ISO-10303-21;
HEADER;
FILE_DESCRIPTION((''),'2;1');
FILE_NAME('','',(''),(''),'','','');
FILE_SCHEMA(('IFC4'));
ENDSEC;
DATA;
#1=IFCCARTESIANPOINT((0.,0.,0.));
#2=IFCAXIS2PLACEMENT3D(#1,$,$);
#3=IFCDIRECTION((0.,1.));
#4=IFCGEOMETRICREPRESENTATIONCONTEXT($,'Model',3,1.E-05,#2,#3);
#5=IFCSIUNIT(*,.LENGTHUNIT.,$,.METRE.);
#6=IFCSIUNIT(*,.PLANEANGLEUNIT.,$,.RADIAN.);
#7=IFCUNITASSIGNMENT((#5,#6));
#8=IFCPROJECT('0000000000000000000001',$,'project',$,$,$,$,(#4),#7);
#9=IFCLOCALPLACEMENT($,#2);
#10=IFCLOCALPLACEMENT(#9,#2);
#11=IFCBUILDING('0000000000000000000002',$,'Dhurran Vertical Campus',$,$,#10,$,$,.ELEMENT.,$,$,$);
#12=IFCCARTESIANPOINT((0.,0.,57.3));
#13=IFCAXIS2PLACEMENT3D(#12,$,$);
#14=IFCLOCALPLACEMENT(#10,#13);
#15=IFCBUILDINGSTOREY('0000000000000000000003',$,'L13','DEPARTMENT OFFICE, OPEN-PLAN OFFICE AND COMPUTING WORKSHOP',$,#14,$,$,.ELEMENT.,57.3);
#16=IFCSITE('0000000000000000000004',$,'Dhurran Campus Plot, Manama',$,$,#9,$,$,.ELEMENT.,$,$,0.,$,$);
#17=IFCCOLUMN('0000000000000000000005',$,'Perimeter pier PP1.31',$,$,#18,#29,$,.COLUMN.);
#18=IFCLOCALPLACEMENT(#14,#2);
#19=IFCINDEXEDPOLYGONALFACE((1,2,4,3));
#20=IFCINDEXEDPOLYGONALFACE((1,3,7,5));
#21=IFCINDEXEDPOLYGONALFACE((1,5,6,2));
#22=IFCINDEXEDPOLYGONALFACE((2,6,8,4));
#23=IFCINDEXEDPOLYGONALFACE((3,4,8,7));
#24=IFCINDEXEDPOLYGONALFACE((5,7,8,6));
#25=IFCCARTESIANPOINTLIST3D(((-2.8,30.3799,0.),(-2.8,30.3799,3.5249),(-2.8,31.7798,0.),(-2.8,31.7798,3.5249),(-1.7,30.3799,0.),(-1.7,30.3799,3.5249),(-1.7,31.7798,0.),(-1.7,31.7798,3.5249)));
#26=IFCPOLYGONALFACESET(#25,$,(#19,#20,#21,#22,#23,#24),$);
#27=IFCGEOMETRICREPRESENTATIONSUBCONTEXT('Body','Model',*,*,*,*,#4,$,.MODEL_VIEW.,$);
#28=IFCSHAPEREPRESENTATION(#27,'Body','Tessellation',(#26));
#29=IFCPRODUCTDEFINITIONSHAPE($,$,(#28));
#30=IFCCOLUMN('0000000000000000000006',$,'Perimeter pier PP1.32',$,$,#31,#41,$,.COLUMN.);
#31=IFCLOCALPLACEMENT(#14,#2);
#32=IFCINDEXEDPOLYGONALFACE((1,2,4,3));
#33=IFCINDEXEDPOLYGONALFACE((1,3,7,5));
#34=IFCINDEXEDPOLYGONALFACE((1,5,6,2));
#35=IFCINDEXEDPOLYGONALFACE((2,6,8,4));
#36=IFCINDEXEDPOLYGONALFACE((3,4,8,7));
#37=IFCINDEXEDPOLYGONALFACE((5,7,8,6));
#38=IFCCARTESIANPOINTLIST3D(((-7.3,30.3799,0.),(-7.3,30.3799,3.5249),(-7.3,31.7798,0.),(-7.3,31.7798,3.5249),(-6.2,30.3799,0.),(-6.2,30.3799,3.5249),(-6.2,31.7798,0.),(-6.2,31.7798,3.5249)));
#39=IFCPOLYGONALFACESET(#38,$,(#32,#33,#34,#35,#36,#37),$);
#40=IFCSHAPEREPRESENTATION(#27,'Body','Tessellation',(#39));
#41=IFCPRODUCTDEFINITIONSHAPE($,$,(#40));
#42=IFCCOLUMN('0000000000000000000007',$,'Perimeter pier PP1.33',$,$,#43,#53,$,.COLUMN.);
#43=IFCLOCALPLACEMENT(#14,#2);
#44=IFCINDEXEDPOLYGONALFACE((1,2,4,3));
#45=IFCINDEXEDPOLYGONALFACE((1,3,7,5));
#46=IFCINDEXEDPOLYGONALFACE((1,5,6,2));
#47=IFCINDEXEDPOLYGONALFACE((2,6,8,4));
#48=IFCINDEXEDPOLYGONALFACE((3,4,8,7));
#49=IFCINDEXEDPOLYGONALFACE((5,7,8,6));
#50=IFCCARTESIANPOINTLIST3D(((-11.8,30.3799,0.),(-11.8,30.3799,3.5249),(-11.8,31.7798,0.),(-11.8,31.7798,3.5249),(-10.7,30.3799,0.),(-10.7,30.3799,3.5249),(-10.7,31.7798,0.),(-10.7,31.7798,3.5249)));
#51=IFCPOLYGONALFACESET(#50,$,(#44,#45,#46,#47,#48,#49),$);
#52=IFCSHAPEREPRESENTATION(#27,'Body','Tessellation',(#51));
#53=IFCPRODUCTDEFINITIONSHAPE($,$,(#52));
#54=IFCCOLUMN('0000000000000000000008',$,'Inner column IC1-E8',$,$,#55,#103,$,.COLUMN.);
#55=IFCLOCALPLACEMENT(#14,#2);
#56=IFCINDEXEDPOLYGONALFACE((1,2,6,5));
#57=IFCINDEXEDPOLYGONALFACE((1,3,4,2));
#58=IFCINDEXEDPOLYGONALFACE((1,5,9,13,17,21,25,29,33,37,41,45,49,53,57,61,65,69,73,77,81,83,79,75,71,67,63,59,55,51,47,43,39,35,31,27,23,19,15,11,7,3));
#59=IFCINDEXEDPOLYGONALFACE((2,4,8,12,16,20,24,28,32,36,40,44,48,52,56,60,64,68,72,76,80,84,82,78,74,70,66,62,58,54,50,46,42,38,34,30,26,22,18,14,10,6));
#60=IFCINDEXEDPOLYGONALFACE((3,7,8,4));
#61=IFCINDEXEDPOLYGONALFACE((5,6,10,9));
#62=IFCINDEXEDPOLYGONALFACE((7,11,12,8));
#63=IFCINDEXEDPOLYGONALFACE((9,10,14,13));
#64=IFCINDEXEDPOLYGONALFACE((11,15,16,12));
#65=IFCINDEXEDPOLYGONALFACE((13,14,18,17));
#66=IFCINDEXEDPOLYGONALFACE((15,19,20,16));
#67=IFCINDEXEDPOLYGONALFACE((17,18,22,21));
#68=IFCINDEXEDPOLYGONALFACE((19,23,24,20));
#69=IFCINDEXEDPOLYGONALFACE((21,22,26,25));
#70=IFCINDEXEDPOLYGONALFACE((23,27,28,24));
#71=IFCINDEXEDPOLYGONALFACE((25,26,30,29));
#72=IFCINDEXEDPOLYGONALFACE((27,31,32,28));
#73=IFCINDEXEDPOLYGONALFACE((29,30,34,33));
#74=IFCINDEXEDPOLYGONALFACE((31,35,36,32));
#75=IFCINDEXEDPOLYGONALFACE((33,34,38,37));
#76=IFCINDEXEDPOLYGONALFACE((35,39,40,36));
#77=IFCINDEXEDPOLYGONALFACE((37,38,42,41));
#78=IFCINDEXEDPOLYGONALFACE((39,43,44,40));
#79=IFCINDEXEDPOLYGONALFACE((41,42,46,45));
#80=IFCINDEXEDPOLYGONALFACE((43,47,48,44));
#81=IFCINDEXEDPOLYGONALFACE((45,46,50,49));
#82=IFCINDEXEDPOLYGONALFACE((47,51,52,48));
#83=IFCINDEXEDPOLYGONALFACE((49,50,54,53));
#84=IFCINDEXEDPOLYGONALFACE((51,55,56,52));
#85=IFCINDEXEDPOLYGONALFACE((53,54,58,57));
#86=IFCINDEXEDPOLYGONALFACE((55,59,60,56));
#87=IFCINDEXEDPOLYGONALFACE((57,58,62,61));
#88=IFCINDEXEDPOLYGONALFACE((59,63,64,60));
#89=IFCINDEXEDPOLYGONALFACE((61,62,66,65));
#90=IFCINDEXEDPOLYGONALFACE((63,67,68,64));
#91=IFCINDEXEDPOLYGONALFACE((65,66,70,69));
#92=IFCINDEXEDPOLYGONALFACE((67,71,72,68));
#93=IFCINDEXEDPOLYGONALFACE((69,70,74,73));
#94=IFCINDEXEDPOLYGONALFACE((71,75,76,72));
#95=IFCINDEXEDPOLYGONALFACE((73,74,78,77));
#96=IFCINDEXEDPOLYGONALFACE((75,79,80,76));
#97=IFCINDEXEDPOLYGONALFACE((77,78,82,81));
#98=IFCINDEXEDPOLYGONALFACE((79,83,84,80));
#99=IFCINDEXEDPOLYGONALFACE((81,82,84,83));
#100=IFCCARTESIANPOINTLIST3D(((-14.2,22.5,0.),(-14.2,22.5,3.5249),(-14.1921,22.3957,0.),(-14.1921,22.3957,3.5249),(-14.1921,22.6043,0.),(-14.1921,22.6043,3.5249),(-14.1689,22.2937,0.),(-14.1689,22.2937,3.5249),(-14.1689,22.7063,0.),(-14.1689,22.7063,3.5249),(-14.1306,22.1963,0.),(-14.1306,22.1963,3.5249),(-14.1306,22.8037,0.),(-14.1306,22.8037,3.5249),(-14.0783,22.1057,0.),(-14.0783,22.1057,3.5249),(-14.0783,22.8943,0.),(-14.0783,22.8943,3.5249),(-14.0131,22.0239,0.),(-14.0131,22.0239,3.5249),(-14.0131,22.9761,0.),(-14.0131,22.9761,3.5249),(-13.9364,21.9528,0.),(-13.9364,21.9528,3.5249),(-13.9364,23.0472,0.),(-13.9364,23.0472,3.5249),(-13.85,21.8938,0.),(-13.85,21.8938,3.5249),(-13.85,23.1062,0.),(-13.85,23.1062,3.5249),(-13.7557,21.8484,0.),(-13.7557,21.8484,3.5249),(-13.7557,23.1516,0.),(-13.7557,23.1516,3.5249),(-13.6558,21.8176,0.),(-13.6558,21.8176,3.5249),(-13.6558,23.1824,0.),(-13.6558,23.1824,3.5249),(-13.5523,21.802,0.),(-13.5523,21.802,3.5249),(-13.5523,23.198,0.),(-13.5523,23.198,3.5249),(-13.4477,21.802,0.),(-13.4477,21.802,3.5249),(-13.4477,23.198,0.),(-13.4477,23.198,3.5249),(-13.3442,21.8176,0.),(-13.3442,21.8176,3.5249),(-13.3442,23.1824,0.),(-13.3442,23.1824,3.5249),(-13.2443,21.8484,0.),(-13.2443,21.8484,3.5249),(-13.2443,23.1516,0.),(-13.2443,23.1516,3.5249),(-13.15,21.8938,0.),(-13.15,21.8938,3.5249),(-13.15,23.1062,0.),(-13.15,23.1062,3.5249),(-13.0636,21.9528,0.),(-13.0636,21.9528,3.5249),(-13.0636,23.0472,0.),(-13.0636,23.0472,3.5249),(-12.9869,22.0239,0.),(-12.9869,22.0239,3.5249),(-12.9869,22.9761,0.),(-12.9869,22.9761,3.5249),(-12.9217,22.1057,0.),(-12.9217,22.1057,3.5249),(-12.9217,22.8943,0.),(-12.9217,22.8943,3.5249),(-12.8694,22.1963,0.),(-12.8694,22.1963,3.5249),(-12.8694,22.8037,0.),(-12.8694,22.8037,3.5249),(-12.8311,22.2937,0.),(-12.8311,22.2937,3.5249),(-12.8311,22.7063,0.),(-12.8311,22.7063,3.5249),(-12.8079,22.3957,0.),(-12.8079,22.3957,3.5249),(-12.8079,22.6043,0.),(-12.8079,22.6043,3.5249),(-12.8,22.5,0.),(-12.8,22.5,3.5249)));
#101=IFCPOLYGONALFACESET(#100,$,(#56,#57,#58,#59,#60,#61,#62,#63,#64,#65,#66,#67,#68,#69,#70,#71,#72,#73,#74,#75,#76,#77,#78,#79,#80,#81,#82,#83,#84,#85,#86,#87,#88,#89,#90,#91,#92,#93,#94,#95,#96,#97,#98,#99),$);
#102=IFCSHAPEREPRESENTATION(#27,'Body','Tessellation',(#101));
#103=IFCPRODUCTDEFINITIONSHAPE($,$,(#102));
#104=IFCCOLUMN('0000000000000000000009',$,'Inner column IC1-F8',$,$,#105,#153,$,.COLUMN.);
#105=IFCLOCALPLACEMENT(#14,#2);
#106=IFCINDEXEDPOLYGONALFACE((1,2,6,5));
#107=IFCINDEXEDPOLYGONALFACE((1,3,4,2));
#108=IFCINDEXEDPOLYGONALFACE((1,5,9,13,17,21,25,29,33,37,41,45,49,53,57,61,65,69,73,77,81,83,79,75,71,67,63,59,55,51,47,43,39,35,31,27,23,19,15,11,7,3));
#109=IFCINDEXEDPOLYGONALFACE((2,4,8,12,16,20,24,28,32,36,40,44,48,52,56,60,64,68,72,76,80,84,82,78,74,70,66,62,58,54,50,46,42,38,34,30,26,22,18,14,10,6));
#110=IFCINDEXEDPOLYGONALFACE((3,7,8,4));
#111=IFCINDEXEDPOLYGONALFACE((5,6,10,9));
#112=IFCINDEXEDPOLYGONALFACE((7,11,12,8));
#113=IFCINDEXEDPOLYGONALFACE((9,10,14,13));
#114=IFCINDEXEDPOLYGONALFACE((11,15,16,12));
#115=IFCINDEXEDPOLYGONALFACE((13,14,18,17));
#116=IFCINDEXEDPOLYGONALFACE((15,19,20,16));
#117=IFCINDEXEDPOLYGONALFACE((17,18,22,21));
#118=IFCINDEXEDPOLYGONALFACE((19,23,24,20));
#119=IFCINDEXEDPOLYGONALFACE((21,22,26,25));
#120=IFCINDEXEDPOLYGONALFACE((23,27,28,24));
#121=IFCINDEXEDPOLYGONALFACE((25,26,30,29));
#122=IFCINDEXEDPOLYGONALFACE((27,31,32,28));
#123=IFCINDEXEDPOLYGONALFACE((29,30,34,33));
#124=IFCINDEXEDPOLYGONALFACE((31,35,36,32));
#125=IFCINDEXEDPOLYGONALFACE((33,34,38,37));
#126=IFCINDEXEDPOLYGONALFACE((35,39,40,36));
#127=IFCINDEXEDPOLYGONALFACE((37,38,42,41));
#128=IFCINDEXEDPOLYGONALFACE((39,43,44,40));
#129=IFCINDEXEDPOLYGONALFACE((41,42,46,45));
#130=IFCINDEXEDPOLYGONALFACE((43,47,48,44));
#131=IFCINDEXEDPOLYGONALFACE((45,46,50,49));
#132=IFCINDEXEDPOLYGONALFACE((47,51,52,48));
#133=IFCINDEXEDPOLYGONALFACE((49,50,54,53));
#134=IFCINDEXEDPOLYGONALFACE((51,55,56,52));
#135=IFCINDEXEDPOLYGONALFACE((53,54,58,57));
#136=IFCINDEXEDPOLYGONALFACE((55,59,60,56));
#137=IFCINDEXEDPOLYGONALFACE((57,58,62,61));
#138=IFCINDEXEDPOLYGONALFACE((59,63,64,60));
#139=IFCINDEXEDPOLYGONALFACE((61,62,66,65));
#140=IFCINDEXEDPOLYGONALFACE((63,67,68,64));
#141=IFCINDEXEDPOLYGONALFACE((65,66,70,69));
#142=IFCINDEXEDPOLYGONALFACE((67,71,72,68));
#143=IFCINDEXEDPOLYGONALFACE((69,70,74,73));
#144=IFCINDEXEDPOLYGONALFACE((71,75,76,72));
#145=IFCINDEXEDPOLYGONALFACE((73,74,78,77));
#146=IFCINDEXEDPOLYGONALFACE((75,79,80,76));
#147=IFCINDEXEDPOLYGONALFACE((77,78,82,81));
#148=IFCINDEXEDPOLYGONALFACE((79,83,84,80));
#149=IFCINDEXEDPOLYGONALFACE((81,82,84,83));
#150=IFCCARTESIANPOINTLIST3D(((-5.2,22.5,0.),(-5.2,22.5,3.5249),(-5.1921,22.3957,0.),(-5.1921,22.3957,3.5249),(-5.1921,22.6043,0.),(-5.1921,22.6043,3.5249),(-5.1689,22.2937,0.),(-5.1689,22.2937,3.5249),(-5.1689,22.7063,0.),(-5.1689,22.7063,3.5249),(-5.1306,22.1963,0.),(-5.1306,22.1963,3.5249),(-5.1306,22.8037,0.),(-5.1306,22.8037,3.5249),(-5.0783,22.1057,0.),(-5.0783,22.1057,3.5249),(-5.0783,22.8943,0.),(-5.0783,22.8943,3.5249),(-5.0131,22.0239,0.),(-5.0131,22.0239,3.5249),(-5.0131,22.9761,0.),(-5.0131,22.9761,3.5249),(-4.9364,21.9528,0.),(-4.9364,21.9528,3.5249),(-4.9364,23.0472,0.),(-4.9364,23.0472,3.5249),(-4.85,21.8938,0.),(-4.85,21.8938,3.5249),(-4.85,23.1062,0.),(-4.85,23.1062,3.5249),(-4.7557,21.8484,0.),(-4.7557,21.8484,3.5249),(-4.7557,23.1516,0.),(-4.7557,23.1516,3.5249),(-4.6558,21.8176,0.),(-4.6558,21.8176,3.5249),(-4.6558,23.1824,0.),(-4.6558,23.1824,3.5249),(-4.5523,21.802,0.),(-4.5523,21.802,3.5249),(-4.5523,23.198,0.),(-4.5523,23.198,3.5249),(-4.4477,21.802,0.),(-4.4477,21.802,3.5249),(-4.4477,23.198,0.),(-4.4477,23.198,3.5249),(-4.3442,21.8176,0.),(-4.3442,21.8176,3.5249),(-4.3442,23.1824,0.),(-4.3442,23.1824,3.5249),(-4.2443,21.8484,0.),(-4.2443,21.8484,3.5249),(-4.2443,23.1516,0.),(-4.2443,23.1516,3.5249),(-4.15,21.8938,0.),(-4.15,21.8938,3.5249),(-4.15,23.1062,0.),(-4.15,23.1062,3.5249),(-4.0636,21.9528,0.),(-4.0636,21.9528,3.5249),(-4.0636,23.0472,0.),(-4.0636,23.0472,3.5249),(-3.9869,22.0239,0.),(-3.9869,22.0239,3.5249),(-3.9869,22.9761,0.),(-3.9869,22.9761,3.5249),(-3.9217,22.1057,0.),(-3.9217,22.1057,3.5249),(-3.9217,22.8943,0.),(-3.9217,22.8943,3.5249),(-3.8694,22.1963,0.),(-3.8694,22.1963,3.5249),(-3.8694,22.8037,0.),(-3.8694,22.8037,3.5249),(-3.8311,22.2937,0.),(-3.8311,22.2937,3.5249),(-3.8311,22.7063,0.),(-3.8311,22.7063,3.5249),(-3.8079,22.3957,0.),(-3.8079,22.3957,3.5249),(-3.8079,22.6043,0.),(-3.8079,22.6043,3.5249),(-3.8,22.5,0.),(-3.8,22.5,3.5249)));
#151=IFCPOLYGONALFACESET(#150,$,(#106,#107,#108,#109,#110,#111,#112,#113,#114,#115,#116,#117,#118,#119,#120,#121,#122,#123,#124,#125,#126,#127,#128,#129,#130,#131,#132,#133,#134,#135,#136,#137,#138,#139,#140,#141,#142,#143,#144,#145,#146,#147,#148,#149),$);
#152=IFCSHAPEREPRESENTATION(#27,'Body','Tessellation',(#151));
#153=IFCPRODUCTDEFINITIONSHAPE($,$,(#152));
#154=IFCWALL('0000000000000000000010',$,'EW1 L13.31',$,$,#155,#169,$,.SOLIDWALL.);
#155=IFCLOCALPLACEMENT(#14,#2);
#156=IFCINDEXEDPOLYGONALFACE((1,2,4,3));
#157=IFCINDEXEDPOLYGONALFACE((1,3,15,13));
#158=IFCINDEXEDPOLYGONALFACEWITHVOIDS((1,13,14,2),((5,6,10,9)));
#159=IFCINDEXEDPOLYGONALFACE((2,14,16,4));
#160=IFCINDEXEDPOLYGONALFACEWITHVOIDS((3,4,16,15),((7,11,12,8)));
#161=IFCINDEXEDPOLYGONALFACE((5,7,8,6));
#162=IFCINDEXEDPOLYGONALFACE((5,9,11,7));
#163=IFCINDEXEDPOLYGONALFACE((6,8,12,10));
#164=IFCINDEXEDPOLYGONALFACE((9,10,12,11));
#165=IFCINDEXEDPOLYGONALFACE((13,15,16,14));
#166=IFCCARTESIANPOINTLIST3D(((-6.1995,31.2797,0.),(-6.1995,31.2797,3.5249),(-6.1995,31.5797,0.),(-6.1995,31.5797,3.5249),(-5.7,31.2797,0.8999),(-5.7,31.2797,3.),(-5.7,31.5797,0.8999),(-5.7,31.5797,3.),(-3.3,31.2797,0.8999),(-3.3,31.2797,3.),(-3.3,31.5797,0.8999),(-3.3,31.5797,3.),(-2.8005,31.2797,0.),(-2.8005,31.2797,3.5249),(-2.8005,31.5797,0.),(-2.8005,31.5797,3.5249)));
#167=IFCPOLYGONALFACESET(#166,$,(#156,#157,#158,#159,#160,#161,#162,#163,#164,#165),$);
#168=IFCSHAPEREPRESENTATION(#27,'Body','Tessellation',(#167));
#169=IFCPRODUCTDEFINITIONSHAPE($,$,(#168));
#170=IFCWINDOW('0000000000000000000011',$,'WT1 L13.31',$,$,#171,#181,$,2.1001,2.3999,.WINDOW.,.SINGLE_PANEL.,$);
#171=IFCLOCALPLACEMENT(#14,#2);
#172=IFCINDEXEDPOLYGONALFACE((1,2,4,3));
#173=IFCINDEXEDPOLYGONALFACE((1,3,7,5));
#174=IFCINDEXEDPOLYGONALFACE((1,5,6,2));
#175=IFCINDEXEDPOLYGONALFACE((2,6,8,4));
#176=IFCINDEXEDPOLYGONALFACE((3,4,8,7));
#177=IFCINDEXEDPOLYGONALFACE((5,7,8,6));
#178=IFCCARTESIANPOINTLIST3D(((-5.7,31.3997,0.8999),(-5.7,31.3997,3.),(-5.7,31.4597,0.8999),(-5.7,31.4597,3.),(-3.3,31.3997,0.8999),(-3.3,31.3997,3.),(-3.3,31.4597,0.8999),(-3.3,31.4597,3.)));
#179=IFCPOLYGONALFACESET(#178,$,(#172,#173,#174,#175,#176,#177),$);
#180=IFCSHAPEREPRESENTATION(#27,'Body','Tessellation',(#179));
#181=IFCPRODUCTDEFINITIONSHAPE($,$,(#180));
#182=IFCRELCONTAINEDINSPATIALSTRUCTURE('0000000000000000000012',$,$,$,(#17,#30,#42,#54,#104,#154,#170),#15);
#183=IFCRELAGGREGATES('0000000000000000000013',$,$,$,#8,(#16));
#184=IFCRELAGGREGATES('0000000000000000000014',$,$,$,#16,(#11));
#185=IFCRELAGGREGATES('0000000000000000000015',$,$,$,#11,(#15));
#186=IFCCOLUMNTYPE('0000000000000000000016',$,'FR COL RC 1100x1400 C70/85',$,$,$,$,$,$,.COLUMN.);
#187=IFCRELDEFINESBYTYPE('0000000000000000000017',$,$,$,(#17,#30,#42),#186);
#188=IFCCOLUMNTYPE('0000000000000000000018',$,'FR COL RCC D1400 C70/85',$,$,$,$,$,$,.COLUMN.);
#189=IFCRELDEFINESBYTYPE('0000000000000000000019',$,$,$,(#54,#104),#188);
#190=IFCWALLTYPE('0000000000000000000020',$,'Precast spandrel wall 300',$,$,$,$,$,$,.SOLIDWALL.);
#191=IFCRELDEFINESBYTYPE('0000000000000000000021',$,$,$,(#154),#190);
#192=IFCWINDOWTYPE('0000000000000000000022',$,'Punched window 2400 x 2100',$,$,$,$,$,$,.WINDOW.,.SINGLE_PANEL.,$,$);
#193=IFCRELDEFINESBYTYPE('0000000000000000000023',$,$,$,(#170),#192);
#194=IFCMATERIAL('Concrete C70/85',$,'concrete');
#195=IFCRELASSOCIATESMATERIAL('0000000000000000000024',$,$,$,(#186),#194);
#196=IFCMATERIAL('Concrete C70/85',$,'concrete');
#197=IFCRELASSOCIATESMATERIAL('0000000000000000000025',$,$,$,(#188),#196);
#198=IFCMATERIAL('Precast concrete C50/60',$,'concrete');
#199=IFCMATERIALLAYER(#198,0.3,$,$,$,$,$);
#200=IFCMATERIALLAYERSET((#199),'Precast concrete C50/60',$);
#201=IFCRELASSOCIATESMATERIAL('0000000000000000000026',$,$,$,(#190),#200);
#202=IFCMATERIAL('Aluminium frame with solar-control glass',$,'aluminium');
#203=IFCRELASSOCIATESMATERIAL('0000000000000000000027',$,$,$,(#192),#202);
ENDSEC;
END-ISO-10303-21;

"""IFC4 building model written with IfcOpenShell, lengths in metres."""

from ifc_helpers import new_model, si_unit, direction, frame, frame_2d, origin, origin_2d, place, context, subcontext, project, spatial, rectangle, circle, extrude, material, layer, layer_set, material_profile, profile_set, type_object, element, fill, save


model = new_model("IFC4")

# Units and contexts
model_context = context("Model", 3, precision=1e-05, world=origin(), true_north=direction((0.0, 1.0)))
body_context = subcontext(model_context, "Body", "Model", "MODEL_VIEW")
ifc_project = project(units=[si_unit("LENGTHUNIT", "METRE"), si_unit("PLANEANGLEUNIT", "RADIAN")], contexts=[model_context])

# Site, building, storey
site_placement = place(None, origin())
site = spatial("IfcSite", under=ifc_project, at=site_placement, Name="Dhurran Campus Plot, Manama", CompositionType="ELEMENT", RefElevation=0.0)
building_placement = place(site_placement, origin())
building = spatial("IfcBuilding", under=site, at=building_placement, Name="Dhurran Vertical Campus", CompositionType="ELEMENT")
storey_placement = place(building_placement, frame((0.0, 0.0, 57.3)))
storey = spatial("IfcBuildingStorey", under=building, at=storey_placement, Name="L13", Description="DEPARTMENT OFFICE, OPEN-PLAN OFFICE AND COMPUTING WORKSHOP", CompositionType="ELEMENT", Elevation=57.3)

# Columns
ifc_material_1 = material(Name="Concrete C70/85", Category="concrete")
ifc_material_profile_1 = material_profile(ifc_material_1, rectangle(XDim=1.1001, YDim=1.3999, at=origin_2d()), Name="RC 1100x1400")
ifc_profile_set_1 = profile_set([ifc_material_profile_1], Name="Concrete C70/85")
column_type_1 = type_object("IfcColumnType", Name="FR COL RC 1100x1400 C70/85", PredefinedType="COLUMN", material=ifc_profile_set_1)
for number, where, z_axis, x_axis, name in (
    (1, (-2.25, 31.0798, 0.0), (0.0, 0.0, 1.0), (-1.0, 0.0, 0.0), "Perimeter pier PP1.31"),
    (2, (-6.75, 31.0798, 0.0), (0.0, 0.0, 1.0), (-1.0, 0.0, 0.0), "Perimeter pier PP1.32"),
    (3, (-11.25, 31.0798, 0.0), (0.0, 0.0, 1.0), (-1.0, 0.0, 0.0), "Perimeter pier PP1.33"),
):
    element("IfcColumn", number, at=place(storey_placement, frame(where, z_axis=z_axis, x_axis=x_axis)), inside=storey, type_object=column_type_1, Name=name, PredefinedType="COLUMN", context=body_context, shape_type="SweptSolid", body=[
        extrude(rectangle(XDim=1.1001, YDim=1.3999, at=origin_2d()), origin(), (0.0, 0.0, 1.0), 3.5249),
    ])
ifc_material_2 = material(Name="Concrete C70/85", Category="concrete")
ifc_material_profile_2 = material_profile(ifc_material_2, circle(Radius=0.7, at=origin_2d()), Name="RCC D1400")
ifc_profile_set_2 = profile_set([ifc_material_profile_2], Name="Concrete C70/85")
column_type_2 = type_object("IfcColumnType", Name="FR COL RCC D1400 C70/85", PredefinedType="COLUMN", material=ifc_profile_set_2)
for number, where, z_axis, x_axis, name in (
    (4, (-13.5, 22.5, 0.0), (0.0, 0.0, 1.0), (1.0, 0.0, 0.0), "Inner column IC1-E8"),
    (5, (-4.5, 22.5, 0.0), (0.0, 0.0, 1.0), (1.0, 0.0, 0.0), "Inner column IC1-F8"),
):
    element("IfcColumn", number, at=place(storey_placement, frame(where, z_axis=z_axis, x_axis=x_axis)), inside=storey, type_object=column_type_2, Name=name, PredefinedType="COLUMN", context=body_context, shape_type="SweptSolid", body=[
        extrude(circle(Radius=0.7, at=origin_2d()), origin(), (0.0, 0.0, 1.0), 3.5249),
    ])

# Wall, opening, window
ifc_material_3 = material(Name="Precast concrete C50/60", Category="concrete")
ifc_layer_1 = layer(ifc_material_3, 0.3)
ifc_layer_set_1 = layer_set([ifc_layer_1], Name="Precast concrete C50/60")
wall_type_1 = type_object("IfcWallType", Name="Precast spandrel wall 300", PredefinedType="SOLIDWALL", material=ifc_layer_set_1)
wall_1_placement = place(storey_placement, frame((-2.8005, 31.4297, 0.0), z_axis=(0.0, 0.0, 1.0), x_axis=(-1.0, 0.0, 0.0)))
wall_1 = element("IfcWall", 6, at=wall_1_placement, inside=storey, type_object=wall_type_1, Name="EW1 L13.31", PredefinedType="SOLIDWALL", context=body_context, shape_type="SweptSolid", body=[
    extrude(rectangle(XDim=3.3989, YDim=0.3, at=frame_2d((1.6995, 0.0))), origin(), (0.0, 0.0, 1.0), 3.5249),
])
opening_1_placement = place(wall_1_placement, frame((0.4995, 0.0, 0.8999)))
opening_1 = element("IfcOpeningElement", 7, at=opening_1_placement, cuts=wall_1, PredefinedType="OPENING", context=body_context, shape_type="SweptSolid", body=[
    extrude(rectangle(XDim=2.3999, YDim=2.1001, at=frame_2d((1.2, 1.05))), frame((0.0, 0.1599, 0.0), z_axis=(0.0, -1.0, 0.0), x_axis=(1.0, 0.0, 0.0)), (0.0, 0.0, 1.0), 0.3201),
])
ifc_material_4 = material(Name="Aluminium frame with solar-control glass", Category="aluminium")
window_type = type_object("IfcWindowType", Name="Punched window 2400 x 2100", PartitioningType="SINGLE_PANEL", PredefinedType="WINDOW", material=ifc_material_4)
window_1_placement = place(opening_1_placement, origin())
window_1 = element("IfcWindow", 8, at=window_1_placement, inside=storey, type_object=window_type, Name="WT1 L13.31", OverallHeight=2.1001, OverallWidth=2.3999, PartitioningType="SINGLE_PANEL", PredefinedType="WINDOW", context=body_context, shape_type="SweptSolid", body=[
    extrude(rectangle(XDim=2.3999, YDim=2.1001, at=frame_2d((1.2, 1.05))), frame((0.0, 0.03, 0.0), z_axis=(0.0, -1.0, 0.0), x_axis=(1.0, 0.0, 0.0)), (0.0, 0.0, 1.0), 0.0601),
])
fill(opening_1, window_1)

save(model, "model.ifc")
